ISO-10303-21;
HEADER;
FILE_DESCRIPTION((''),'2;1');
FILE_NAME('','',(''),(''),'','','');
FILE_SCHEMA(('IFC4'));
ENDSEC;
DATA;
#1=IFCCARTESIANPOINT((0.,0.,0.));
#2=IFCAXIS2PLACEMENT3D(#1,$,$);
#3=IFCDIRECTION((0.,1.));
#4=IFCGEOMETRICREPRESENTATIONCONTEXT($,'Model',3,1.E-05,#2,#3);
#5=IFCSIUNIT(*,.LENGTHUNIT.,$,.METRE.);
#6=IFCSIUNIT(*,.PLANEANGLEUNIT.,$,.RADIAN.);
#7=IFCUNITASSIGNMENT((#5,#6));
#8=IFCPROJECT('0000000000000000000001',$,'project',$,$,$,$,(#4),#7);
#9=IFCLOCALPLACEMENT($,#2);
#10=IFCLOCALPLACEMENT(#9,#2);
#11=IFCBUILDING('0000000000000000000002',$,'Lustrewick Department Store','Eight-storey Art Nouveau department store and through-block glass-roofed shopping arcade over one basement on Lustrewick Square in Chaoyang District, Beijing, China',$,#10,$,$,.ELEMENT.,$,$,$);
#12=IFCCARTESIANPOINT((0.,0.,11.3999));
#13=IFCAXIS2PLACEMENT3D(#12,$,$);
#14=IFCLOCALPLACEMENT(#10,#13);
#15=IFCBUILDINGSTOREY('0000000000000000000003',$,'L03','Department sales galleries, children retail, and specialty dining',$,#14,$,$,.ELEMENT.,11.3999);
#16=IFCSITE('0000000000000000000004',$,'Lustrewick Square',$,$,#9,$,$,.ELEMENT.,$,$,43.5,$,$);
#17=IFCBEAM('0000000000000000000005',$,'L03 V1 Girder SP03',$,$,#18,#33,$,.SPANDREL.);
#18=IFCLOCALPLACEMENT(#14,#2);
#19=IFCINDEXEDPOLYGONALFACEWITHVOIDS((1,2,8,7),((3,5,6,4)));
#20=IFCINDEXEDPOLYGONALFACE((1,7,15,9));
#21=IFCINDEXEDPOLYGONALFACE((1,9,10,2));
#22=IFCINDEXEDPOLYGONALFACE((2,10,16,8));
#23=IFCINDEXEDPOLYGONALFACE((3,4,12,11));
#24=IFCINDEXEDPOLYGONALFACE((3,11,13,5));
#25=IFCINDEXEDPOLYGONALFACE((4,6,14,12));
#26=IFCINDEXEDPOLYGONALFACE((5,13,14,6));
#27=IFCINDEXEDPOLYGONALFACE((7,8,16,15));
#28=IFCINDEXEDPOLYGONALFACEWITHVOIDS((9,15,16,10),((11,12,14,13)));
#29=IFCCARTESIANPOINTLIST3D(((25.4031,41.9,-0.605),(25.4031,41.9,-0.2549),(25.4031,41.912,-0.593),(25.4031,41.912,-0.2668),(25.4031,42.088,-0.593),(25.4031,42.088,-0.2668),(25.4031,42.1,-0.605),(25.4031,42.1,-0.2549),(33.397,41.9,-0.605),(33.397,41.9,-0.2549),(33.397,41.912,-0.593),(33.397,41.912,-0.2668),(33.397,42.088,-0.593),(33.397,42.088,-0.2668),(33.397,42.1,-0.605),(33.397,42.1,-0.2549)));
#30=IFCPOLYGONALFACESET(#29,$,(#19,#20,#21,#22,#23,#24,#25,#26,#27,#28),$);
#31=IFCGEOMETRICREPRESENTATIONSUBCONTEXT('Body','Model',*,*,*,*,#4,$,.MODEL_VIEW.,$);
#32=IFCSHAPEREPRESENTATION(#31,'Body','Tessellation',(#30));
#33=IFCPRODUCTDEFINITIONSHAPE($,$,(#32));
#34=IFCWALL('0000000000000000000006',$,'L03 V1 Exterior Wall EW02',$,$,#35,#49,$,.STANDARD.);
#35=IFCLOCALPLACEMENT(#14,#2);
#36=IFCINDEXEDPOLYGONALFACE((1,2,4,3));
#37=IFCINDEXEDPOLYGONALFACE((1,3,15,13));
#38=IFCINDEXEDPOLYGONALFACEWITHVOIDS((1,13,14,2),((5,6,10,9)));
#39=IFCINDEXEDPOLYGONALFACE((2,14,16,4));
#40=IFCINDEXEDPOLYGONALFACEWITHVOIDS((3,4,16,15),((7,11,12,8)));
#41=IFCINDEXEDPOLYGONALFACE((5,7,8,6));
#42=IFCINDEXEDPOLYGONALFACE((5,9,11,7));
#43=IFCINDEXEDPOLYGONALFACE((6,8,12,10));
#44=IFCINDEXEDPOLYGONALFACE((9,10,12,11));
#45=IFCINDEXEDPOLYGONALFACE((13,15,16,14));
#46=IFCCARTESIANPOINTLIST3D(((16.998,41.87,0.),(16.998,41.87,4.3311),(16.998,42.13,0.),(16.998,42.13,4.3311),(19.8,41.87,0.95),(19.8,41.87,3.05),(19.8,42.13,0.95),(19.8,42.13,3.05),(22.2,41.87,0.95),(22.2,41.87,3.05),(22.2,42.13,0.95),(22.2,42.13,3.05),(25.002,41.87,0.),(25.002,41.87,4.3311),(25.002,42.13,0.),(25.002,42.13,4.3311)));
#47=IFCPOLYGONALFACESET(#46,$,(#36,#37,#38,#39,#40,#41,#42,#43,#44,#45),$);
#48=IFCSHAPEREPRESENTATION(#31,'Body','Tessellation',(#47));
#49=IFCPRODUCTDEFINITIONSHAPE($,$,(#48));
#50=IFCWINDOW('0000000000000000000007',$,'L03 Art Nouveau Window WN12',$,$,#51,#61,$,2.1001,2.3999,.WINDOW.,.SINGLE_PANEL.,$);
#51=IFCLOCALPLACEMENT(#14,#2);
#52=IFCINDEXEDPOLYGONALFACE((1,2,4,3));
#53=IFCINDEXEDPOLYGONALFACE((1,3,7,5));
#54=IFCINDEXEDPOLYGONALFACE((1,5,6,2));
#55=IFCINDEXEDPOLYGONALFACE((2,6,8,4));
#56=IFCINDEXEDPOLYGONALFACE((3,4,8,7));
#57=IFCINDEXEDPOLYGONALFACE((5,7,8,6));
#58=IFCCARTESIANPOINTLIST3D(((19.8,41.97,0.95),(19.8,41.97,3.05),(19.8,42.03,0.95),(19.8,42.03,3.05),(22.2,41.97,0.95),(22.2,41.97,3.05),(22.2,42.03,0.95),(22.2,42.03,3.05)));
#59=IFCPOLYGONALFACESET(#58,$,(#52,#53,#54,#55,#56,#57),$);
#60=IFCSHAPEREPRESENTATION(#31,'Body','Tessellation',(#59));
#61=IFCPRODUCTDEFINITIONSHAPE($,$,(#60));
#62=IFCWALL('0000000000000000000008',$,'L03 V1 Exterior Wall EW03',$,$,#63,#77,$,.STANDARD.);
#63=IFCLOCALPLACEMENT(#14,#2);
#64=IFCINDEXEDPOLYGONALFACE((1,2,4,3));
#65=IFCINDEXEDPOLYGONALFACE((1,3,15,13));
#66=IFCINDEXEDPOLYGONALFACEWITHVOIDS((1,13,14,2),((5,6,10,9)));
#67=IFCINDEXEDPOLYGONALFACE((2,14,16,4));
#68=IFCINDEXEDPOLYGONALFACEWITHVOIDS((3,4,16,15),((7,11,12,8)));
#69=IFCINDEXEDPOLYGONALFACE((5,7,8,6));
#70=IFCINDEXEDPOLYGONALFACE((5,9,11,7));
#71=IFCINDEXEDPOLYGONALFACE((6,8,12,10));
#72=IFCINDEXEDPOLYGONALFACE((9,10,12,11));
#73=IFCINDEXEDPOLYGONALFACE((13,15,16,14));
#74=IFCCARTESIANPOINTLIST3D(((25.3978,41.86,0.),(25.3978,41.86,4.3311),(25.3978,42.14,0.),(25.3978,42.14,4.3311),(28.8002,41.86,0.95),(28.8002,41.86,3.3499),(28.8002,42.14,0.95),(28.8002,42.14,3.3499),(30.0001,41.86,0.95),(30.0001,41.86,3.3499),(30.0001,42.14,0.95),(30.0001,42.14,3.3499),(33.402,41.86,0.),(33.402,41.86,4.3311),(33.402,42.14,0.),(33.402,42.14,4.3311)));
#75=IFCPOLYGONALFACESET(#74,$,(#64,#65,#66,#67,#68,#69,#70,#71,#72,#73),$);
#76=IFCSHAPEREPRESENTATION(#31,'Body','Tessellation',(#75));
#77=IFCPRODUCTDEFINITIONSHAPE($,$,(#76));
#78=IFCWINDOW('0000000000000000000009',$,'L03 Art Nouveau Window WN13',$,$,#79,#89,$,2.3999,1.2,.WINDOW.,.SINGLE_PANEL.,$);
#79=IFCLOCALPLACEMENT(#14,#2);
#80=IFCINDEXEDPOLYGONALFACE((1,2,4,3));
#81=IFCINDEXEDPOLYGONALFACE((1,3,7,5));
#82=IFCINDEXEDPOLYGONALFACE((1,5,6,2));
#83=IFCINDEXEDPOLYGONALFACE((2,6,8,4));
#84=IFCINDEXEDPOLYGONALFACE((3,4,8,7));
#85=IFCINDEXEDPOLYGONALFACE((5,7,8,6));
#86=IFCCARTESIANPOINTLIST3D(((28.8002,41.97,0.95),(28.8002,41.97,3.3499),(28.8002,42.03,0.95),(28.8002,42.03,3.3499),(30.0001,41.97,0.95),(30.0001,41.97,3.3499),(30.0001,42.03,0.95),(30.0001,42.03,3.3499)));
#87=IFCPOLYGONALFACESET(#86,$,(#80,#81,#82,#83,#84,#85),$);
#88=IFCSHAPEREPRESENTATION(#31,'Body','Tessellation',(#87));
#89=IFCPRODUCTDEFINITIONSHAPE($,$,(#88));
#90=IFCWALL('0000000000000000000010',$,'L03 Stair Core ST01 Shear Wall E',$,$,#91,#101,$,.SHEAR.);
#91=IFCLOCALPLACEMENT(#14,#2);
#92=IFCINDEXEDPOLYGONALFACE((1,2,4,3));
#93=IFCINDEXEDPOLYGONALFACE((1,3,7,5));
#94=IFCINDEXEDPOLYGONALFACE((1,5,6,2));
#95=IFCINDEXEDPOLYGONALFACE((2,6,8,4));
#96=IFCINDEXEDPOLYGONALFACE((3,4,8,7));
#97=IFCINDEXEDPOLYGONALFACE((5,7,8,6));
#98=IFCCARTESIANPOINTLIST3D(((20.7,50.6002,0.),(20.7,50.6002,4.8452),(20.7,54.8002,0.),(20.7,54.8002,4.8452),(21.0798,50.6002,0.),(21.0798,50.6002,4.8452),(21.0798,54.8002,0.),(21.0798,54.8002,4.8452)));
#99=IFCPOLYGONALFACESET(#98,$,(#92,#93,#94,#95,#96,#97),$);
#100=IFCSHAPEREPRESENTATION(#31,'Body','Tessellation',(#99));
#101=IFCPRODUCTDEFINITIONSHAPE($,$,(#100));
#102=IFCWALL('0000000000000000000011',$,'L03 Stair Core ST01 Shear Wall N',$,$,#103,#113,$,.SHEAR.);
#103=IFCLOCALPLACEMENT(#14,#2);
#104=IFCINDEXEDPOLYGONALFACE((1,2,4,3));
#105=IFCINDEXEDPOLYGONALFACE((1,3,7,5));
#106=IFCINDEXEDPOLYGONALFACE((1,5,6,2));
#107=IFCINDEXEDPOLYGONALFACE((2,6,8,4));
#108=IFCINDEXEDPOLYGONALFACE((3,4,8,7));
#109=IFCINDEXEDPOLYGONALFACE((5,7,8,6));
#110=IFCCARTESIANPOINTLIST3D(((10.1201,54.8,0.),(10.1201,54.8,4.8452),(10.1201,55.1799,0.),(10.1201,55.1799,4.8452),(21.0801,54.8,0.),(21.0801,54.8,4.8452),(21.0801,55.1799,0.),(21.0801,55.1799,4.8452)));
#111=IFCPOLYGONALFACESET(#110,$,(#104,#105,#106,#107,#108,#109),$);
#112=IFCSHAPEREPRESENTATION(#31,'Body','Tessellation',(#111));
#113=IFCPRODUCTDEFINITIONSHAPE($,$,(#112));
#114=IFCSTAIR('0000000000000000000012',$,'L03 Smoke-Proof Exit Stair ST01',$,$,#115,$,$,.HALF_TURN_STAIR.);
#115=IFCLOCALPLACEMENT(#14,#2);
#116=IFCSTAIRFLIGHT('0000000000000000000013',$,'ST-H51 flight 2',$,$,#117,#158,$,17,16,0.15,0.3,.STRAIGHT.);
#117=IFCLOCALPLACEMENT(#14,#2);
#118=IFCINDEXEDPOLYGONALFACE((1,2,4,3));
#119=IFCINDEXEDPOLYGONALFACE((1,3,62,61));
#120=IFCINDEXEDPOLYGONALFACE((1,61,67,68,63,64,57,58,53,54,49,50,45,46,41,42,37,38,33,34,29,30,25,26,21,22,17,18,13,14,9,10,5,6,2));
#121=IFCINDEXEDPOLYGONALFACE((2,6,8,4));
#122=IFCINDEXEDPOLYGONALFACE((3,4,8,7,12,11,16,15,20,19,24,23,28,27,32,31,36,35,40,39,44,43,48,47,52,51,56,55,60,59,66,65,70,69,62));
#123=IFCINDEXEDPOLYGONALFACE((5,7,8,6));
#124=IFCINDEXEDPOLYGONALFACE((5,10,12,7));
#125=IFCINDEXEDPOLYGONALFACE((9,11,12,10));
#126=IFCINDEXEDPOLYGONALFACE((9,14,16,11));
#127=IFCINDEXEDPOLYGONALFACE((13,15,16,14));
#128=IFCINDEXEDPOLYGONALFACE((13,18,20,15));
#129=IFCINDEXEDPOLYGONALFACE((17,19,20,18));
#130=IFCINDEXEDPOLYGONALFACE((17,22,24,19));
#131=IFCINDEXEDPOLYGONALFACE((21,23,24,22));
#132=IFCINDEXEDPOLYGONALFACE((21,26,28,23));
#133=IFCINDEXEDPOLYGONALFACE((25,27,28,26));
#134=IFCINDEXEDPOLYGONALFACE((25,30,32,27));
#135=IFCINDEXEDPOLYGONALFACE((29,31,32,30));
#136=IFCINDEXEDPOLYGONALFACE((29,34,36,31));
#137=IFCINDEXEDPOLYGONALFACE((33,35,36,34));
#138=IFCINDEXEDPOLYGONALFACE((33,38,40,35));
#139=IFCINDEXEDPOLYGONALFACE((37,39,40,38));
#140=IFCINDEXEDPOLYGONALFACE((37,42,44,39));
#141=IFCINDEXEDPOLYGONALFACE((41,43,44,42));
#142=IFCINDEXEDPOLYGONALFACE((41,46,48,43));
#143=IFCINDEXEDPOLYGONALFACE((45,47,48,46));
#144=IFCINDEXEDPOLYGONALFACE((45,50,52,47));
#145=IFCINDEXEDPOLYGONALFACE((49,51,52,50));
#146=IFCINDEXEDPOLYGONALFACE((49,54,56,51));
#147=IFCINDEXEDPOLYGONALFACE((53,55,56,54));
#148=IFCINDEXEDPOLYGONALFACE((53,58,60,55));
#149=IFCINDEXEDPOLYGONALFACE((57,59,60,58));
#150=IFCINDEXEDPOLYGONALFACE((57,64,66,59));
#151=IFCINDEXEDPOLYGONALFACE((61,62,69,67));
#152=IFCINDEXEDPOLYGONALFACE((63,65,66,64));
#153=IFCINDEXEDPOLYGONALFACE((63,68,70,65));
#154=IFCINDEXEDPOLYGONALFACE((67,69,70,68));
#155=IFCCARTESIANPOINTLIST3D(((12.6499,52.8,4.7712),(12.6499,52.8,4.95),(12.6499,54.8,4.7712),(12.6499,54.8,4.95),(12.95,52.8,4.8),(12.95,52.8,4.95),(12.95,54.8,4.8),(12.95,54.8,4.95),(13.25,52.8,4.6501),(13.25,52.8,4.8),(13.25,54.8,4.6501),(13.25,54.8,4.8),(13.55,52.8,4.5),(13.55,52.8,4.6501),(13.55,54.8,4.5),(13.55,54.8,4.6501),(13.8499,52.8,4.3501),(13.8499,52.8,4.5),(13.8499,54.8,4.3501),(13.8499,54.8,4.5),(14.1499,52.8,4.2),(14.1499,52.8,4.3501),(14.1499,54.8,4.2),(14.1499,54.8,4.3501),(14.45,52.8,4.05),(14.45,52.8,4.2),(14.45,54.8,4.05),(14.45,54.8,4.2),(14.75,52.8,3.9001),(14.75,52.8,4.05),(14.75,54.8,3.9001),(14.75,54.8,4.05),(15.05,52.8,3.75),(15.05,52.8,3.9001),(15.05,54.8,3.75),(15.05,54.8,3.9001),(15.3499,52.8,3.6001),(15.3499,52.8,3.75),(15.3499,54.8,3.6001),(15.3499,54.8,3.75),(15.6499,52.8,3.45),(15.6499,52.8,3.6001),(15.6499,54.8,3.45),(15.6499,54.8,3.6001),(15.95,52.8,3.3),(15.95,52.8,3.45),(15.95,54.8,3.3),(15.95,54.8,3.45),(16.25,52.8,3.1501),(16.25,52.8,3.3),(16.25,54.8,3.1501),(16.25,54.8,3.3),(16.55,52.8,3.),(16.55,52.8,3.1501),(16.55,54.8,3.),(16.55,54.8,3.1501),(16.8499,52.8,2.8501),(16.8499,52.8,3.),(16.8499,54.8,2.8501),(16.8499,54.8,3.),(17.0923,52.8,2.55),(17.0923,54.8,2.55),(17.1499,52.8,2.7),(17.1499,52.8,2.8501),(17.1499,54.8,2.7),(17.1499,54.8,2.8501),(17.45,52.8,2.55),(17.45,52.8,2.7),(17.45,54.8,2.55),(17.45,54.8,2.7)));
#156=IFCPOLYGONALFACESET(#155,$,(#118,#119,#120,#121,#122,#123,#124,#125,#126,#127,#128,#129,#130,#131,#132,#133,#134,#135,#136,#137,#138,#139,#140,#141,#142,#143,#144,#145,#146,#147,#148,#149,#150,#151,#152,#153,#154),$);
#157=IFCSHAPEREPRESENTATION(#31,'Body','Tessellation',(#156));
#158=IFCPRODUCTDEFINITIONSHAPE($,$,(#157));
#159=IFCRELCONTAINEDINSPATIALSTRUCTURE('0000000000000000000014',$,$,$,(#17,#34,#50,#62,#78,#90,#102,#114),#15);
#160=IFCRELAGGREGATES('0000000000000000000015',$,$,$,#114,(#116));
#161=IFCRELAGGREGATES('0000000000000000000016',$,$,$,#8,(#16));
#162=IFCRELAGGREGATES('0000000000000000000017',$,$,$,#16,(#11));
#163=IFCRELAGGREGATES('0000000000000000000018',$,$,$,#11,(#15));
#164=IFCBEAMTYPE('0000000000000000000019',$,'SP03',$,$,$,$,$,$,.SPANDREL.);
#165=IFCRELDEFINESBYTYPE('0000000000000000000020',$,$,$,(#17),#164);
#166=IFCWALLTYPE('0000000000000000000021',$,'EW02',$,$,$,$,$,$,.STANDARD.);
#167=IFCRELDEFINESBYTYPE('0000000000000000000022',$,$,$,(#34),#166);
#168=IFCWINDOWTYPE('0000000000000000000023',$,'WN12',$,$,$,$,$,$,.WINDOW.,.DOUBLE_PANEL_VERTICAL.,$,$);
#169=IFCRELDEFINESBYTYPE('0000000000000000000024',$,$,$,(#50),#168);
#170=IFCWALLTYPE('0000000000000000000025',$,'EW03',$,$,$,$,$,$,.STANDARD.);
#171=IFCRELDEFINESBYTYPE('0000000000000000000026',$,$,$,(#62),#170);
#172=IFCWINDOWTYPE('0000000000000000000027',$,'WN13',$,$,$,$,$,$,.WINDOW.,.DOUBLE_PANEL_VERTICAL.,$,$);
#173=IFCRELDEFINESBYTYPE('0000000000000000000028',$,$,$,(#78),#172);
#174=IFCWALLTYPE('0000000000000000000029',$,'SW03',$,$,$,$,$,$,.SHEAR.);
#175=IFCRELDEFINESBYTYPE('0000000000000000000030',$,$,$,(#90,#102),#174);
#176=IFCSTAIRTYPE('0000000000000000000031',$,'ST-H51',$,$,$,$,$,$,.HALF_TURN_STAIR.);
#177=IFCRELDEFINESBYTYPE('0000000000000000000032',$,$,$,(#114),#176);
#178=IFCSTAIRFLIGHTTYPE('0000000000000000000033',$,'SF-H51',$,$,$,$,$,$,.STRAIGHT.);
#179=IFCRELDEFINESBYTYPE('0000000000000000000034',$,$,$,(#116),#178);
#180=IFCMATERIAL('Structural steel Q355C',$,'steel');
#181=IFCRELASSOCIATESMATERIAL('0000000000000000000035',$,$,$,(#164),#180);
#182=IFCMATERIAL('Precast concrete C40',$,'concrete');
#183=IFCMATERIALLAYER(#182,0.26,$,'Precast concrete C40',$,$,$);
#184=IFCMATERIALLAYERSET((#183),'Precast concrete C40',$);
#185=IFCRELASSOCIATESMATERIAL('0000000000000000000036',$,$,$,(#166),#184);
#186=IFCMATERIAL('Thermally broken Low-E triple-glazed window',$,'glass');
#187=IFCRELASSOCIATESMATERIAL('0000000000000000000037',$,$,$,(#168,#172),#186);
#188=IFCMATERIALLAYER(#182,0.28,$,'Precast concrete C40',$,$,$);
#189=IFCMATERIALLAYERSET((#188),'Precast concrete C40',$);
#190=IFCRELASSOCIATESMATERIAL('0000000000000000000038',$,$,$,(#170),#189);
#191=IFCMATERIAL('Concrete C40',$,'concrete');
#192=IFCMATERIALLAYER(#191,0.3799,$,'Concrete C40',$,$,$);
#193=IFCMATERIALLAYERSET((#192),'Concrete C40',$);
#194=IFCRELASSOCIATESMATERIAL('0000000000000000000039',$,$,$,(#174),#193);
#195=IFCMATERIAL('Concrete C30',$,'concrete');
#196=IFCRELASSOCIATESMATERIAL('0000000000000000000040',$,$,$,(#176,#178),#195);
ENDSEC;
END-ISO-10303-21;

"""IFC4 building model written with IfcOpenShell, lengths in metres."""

from ifc_helpers import new_model, si_unit, direction, frame, frame_2d, origin, origin_2d, place, context, subcontext, project, spatial, polyline, rectangle, hollow_rectangle, outline, extrude, material, layer, layer_set, material_profile, profile_set, type_object, element, fill, aggregate, save


model = new_model("IFC4")

# Units and contexts
model_context = context("Model", 3, precision=1e-05, world=origin(), true_north=direction((0.0, 1.0)))
body_context = subcontext(model_context, "Body", "Model", "MODEL_VIEW")
ifc_project = project(units=[si_unit("LENGTHUNIT", "METRE"), si_unit("PLANEANGLEUNIT", "RADIAN")], contexts=[model_context])

# Site, building, storey
site_placement = place(None, origin())
site = spatial("IfcSite", under=ifc_project, at=site_placement, Name="Lustrewick Square", CompositionType="ELEMENT", RefElevation=43.5)
building_placement = place(site_placement, origin())
building = spatial("IfcBuilding", under=site, at=building_placement, Name="Lustrewick Department Store", Description="Eight-storey Art Nouveau department store and through-block glass-roofed shopping arcade over one basement on Lustrewick Square in Chaoyang District, Beijing, China", CompositionType="ELEMENT")
storey_placement = place(building_placement, frame((0.0, 0.0, 11.3999)))
storey = spatial("IfcBuildingStorey", under=building, at=storey_placement, Name="L03", Description="Department sales galleries, children retail, and specialty dining", CompositionType="ELEMENT", Elevation=11.3999)

# Shared definitions
ifc_material_1 = material(Name="Structural steel Q355C", Category="steel")

# Beam
ifc_material_profile_1 = material_profile(ifc_material_1, hollow_rectangle(XDim=0.2, YDim=0.3501, WallThickness=0.012, at=origin_2d()), Name="RHS 350x200x12")
ifc_profile_set_1 = profile_set([ifc_material_profile_1], Name="Structural steel Q355C")
beam_type_1 = type_object("IfcBeamType", Name="SP03", PredefinedType="SPANDREL", material=ifc_profile_set_1)
beam_1_placement = place(storey_placement, frame((25.4031, 42.0, -0.4299), z_axis=(1.0, 0.0, 0.0), x_axis=(0.0, 1.0, 0.0)))
element("IfcBeam", 1, at=beam_1_placement, inside=storey, type_object=beam_type_1, Name="L03 V1 Girder SP03", PredefinedType="SPANDREL", context=body_context, shape_type="SweptSolid", body=[
    extrude(hollow_rectangle(XDim=0.2, YDim=0.3501, WallThickness=0.012, at=origin_2d()), origin(), (0.0, 0.0, 1.0), 7.9939),
])

# Walls, openings, windows
ifc_material_2 = material(Name="Precast concrete C40", Category="concrete")
ifc_layer_1 = layer(ifc_material_2, 0.26, Name="Precast concrete C40")
ifc_layer_set_1 = layer_set([ifc_layer_1], Name="Precast concrete C40")
wall_type_1 = type_object("IfcWallType", Name="EW02", PredefinedType="STANDARD", material=ifc_layer_set_1)
wall_1_placement = place(storey_placement, frame((16.998, 42.0, 0.0), z_axis=(0.0, 0.0, 1.0), x_axis=(1.0, 0.0, 0.0)))
wall_1 = element("IfcWall", 2, at=wall_1_placement, inside=storey, type_object=wall_type_1, Name="L03 V1 Exterior Wall EW02", PredefinedType="STANDARD", context=body_context, shape_type="SweptSolid", body=[
    extrude(rectangle(XDim=8.0039, YDim=0.26, at=frame_2d((4.002, 0.0))), origin(), (0.0, 0.0, 1.0), 4.3311),
])
opening_1_placement = place(wall_1_placement, frame((2.802, 0.0, 0.95)))
opening_1 = element("IfcOpeningElement", 3, at=opening_1_placement, cuts=wall_1, PredefinedType="OPENING", context=body_context, shape_type="SweptSolid", body=[
    extrude(rectangle(XDim=2.3999, YDim=2.1001, at=frame_2d((1.2, 1.05))), frame((0.0, 0.1401, 0.0), z_axis=(0.0, -1.0, 0.0), x_axis=(1.0, 0.0, 0.0)), (0.0, 0.0, 1.0), 0.28),
])
ifc_material_3 = material(Name="Thermally broken Low-E triple-glazed window", Category="glass")
window_type_1 = type_object("IfcWindowType", Name="WN12", PartitioningType="DOUBLE_PANEL_VERTICAL", PredefinedType="WINDOW", material=ifc_material_3)
window_1_placement = place(opening_1_placement, origin())
window_1 = element("IfcWindow", 4, at=window_1_placement, inside=storey, type_object=window_type_1, Name="L03 Art Nouveau Window WN12", OverallHeight=2.1001, OverallWidth=2.3999, PartitioningType="SINGLE_PANEL", PredefinedType="WINDOW", context=body_context, shape_type="SweptSolid", body=[
    extrude(rectangle(XDim=2.3999, YDim=2.1001, at=frame_2d((1.2, 1.05))), frame((0.0, 0.03, 0.0), z_axis=(0.0, -1.0, 0.0), x_axis=(1.0, 0.0, 0.0)), (0.0, 0.0, 1.0), 0.0601),
])
fill(opening_1, window_1)
ifc_layer_2 = layer(ifc_material_2, 0.28, Name="Precast concrete C40")
ifc_layer_set_2 = layer_set([ifc_layer_2], Name="Precast concrete C40")
wall_type_2 = type_object("IfcWallType", Name="EW03", PredefinedType="STANDARD", material=ifc_layer_set_2)
wall_2_placement = place(storey_placement, frame((25.3979, 42.0, 0.0), z_axis=(0.0, 0.0, 1.0), x_axis=(1.0, 0.0, 0.0)))
wall_2 = element("IfcWall", 5, at=wall_2_placement, inside=storey, type_object=wall_type_2, Name="L03 V1 Exterior Wall EW03", PredefinedType="STANDARD", context=body_context, shape_type="SweptSolid", body=[
    extrude(rectangle(XDim=8.0042, YDim=0.28, at=frame_2d((4.002, 0.0))), origin(), (0.0, 0.0, 1.0), 4.3311),
])
opening_2_placement = place(wall_2_placement, frame((3.4021, 0.0, 0.95)))
opening_2 = element("IfcOpeningElement", 6, at=opening_2_placement, cuts=wall_2, PredefinedType="OPENING", context=body_context, shape_type="SweptSolid", body=[
    extrude(rectangle(XDim=1.2, YDim=2.3999, at=frame_2d((0.6001, 1.2))), frame((0.0, 0.1499, 0.0), z_axis=(0.0, -1.0, 0.0), x_axis=(1.0, 0.0, 0.0)), (0.0, 0.0, 1.0), 0.3),
])
window_type_2 = type_object("IfcWindowType", Name="WN13", PartitioningType="DOUBLE_PANEL_VERTICAL", PredefinedType="WINDOW", material=ifc_material_3)
window_2_placement = place(opening_2_placement, origin())
window_2 = element("IfcWindow", 7, at=window_2_placement, inside=storey, type_object=window_type_2, Name="L03 Art Nouveau Window WN13", OverallHeight=2.3999, OverallWidth=1.2, PartitioningType="SINGLE_PANEL", PredefinedType="WINDOW", context=body_context, shape_type="SweptSolid", body=[
    extrude(rectangle(XDim=1.2, YDim=2.3999, at=frame_2d((0.6001, 1.2))), frame((0.0, 0.03, 0.0), z_axis=(0.0, -1.0, 0.0), x_axis=(1.0, 0.0, 0.0)), (0.0, 0.0, 1.0), 0.0601),
])
fill(opening_2, window_2)

# Walls
ifc_material_4 = material(Name="Concrete C40", Category="concrete")
ifc_layer_3 = layer(ifc_material_4, 0.3799, Name="Concrete C40")
ifc_layer_set_3 = layer_set([ifc_layer_3], Name="Concrete C40")
wall_type_3 = type_object("IfcWallType", Name="SW03", PredefinedType="SHEAR", material=ifc_layer_set_3)
wall_3_placement = place(storey_placement, frame((20.8899, 50.6001, 0.0), z_axis=(0.0, 0.0, 1.0), x_axis=(0.0, 1.0, 0.0)))
element("IfcWall", 8, at=wall_3_placement, inside=storey, type_object=wall_type_3, Name="L03 Stair Core ST01 Shear Wall E", PredefinedType="SHEAR", context=body_context, shape_type="SweptSolid", body=[
    extrude(rectangle(XDim=4.2, YDim=0.3799, at=frame_2d((2.1001, 0.0))), origin(), (0.0, 0.0, 1.0), 4.8452),
])
wall_4_placement = place(storey_placement, frame((21.0801, 54.99, 0.0), z_axis=(0.0, 0.0, 1.0), x_axis=(-1.0, 0.0, 0.0)))
element("IfcWall", 9, at=wall_4_placement, inside=storey, type_object=wall_type_3, Name="L03 Stair Core ST01 Shear Wall N", PredefinedType="SHEAR", context=body_context, shape_type="SweptSolid", body=[
    extrude(rectangle(XDim=10.96, YDim=0.3799, at=frame_2d((5.48, 0.0))), origin(), (0.0, 0.0, 1.0), 4.8452),
])

# Stair, stair flight
ifc_material_5 = material(Name="Concrete C30", Category="concrete")
stair_type = type_object("IfcStairType", Name="ST-H51", PredefinedType="HALF_TURN_STAIR", material=ifc_material_5)
stair_placement = place(storey_placement, origin())
stair = element("IfcStair", 10, at=stair_placement, inside=storey, type_object=stair_type, Name="L03 Smoke-Proof Exit Stair ST01", PredefinedType="HALF_TURN_STAIR")
stair_flight_type = type_object("IfcStairFlightType", Name="SF-H51", PredefinedType="STRAIGHT", material=ifc_material_5)
stair_flight_placement = place(storey_placement, frame((17.45, 53.8, 2.55), z_axis=(0.0, 0.0, 1.0), x_axis=(-1.0, 0.0, 0.0)))
stair_flight = element("IfcStairFlight", 11, at=stair_flight_placement, type_object=stair_flight_type, Name="ST-H51 flight 2", NumberOfRisers=17, NumberOfTreads=16, PredefinedType="STRAIGHT", RiserHeight=0.15, TreadLength=0.3, context=body_context, shape_type="SweptSolid", body=[
    extrude(outline(polyline([(0.0, 0.0), (0.0, 0.1499), (0.3, 0.1499), (0.3, 0.3), (0.6001, 0.3), (0.6001, 0.45), (0.8999, 0.45), (0.8999, 0.6001), (1.2, 0.6001), (1.2, 0.75), (1.5, 0.75), (1.5, 0.8999), (1.8, 0.8999), (1.8, 1.05), (2.1001, 1.05), (2.1001, 1.2), (2.3999, 1.2), (2.3999, 1.3501), (2.7, 1.3501), (2.7, 1.5), (3.0, 1.5), (3.0, 1.6499), (3.3, 1.6499), (3.3, 1.8), (3.6001, 1.8), (3.6001, 1.95), (3.8999, 1.95), (3.8999, 2.1001), (4.2, 2.1001), (4.2, 2.25), (4.5, 2.25), (4.5, 2.3999), (4.8, 2.3999), (4.8, 2.55), (4.8, 2.2212), (0.3577, 0.0), (0.0, 0.0)])), frame((0.0, 1.0, 0.0), z_axis=(0.0, -1.0, 0.0), x_axis=(1.0, 0.0, 0.0)), (0.0, 0.0, 1.0), 2.0),
])
aggregate(stair, [stair_flight])

save(model, "model.ifc")
